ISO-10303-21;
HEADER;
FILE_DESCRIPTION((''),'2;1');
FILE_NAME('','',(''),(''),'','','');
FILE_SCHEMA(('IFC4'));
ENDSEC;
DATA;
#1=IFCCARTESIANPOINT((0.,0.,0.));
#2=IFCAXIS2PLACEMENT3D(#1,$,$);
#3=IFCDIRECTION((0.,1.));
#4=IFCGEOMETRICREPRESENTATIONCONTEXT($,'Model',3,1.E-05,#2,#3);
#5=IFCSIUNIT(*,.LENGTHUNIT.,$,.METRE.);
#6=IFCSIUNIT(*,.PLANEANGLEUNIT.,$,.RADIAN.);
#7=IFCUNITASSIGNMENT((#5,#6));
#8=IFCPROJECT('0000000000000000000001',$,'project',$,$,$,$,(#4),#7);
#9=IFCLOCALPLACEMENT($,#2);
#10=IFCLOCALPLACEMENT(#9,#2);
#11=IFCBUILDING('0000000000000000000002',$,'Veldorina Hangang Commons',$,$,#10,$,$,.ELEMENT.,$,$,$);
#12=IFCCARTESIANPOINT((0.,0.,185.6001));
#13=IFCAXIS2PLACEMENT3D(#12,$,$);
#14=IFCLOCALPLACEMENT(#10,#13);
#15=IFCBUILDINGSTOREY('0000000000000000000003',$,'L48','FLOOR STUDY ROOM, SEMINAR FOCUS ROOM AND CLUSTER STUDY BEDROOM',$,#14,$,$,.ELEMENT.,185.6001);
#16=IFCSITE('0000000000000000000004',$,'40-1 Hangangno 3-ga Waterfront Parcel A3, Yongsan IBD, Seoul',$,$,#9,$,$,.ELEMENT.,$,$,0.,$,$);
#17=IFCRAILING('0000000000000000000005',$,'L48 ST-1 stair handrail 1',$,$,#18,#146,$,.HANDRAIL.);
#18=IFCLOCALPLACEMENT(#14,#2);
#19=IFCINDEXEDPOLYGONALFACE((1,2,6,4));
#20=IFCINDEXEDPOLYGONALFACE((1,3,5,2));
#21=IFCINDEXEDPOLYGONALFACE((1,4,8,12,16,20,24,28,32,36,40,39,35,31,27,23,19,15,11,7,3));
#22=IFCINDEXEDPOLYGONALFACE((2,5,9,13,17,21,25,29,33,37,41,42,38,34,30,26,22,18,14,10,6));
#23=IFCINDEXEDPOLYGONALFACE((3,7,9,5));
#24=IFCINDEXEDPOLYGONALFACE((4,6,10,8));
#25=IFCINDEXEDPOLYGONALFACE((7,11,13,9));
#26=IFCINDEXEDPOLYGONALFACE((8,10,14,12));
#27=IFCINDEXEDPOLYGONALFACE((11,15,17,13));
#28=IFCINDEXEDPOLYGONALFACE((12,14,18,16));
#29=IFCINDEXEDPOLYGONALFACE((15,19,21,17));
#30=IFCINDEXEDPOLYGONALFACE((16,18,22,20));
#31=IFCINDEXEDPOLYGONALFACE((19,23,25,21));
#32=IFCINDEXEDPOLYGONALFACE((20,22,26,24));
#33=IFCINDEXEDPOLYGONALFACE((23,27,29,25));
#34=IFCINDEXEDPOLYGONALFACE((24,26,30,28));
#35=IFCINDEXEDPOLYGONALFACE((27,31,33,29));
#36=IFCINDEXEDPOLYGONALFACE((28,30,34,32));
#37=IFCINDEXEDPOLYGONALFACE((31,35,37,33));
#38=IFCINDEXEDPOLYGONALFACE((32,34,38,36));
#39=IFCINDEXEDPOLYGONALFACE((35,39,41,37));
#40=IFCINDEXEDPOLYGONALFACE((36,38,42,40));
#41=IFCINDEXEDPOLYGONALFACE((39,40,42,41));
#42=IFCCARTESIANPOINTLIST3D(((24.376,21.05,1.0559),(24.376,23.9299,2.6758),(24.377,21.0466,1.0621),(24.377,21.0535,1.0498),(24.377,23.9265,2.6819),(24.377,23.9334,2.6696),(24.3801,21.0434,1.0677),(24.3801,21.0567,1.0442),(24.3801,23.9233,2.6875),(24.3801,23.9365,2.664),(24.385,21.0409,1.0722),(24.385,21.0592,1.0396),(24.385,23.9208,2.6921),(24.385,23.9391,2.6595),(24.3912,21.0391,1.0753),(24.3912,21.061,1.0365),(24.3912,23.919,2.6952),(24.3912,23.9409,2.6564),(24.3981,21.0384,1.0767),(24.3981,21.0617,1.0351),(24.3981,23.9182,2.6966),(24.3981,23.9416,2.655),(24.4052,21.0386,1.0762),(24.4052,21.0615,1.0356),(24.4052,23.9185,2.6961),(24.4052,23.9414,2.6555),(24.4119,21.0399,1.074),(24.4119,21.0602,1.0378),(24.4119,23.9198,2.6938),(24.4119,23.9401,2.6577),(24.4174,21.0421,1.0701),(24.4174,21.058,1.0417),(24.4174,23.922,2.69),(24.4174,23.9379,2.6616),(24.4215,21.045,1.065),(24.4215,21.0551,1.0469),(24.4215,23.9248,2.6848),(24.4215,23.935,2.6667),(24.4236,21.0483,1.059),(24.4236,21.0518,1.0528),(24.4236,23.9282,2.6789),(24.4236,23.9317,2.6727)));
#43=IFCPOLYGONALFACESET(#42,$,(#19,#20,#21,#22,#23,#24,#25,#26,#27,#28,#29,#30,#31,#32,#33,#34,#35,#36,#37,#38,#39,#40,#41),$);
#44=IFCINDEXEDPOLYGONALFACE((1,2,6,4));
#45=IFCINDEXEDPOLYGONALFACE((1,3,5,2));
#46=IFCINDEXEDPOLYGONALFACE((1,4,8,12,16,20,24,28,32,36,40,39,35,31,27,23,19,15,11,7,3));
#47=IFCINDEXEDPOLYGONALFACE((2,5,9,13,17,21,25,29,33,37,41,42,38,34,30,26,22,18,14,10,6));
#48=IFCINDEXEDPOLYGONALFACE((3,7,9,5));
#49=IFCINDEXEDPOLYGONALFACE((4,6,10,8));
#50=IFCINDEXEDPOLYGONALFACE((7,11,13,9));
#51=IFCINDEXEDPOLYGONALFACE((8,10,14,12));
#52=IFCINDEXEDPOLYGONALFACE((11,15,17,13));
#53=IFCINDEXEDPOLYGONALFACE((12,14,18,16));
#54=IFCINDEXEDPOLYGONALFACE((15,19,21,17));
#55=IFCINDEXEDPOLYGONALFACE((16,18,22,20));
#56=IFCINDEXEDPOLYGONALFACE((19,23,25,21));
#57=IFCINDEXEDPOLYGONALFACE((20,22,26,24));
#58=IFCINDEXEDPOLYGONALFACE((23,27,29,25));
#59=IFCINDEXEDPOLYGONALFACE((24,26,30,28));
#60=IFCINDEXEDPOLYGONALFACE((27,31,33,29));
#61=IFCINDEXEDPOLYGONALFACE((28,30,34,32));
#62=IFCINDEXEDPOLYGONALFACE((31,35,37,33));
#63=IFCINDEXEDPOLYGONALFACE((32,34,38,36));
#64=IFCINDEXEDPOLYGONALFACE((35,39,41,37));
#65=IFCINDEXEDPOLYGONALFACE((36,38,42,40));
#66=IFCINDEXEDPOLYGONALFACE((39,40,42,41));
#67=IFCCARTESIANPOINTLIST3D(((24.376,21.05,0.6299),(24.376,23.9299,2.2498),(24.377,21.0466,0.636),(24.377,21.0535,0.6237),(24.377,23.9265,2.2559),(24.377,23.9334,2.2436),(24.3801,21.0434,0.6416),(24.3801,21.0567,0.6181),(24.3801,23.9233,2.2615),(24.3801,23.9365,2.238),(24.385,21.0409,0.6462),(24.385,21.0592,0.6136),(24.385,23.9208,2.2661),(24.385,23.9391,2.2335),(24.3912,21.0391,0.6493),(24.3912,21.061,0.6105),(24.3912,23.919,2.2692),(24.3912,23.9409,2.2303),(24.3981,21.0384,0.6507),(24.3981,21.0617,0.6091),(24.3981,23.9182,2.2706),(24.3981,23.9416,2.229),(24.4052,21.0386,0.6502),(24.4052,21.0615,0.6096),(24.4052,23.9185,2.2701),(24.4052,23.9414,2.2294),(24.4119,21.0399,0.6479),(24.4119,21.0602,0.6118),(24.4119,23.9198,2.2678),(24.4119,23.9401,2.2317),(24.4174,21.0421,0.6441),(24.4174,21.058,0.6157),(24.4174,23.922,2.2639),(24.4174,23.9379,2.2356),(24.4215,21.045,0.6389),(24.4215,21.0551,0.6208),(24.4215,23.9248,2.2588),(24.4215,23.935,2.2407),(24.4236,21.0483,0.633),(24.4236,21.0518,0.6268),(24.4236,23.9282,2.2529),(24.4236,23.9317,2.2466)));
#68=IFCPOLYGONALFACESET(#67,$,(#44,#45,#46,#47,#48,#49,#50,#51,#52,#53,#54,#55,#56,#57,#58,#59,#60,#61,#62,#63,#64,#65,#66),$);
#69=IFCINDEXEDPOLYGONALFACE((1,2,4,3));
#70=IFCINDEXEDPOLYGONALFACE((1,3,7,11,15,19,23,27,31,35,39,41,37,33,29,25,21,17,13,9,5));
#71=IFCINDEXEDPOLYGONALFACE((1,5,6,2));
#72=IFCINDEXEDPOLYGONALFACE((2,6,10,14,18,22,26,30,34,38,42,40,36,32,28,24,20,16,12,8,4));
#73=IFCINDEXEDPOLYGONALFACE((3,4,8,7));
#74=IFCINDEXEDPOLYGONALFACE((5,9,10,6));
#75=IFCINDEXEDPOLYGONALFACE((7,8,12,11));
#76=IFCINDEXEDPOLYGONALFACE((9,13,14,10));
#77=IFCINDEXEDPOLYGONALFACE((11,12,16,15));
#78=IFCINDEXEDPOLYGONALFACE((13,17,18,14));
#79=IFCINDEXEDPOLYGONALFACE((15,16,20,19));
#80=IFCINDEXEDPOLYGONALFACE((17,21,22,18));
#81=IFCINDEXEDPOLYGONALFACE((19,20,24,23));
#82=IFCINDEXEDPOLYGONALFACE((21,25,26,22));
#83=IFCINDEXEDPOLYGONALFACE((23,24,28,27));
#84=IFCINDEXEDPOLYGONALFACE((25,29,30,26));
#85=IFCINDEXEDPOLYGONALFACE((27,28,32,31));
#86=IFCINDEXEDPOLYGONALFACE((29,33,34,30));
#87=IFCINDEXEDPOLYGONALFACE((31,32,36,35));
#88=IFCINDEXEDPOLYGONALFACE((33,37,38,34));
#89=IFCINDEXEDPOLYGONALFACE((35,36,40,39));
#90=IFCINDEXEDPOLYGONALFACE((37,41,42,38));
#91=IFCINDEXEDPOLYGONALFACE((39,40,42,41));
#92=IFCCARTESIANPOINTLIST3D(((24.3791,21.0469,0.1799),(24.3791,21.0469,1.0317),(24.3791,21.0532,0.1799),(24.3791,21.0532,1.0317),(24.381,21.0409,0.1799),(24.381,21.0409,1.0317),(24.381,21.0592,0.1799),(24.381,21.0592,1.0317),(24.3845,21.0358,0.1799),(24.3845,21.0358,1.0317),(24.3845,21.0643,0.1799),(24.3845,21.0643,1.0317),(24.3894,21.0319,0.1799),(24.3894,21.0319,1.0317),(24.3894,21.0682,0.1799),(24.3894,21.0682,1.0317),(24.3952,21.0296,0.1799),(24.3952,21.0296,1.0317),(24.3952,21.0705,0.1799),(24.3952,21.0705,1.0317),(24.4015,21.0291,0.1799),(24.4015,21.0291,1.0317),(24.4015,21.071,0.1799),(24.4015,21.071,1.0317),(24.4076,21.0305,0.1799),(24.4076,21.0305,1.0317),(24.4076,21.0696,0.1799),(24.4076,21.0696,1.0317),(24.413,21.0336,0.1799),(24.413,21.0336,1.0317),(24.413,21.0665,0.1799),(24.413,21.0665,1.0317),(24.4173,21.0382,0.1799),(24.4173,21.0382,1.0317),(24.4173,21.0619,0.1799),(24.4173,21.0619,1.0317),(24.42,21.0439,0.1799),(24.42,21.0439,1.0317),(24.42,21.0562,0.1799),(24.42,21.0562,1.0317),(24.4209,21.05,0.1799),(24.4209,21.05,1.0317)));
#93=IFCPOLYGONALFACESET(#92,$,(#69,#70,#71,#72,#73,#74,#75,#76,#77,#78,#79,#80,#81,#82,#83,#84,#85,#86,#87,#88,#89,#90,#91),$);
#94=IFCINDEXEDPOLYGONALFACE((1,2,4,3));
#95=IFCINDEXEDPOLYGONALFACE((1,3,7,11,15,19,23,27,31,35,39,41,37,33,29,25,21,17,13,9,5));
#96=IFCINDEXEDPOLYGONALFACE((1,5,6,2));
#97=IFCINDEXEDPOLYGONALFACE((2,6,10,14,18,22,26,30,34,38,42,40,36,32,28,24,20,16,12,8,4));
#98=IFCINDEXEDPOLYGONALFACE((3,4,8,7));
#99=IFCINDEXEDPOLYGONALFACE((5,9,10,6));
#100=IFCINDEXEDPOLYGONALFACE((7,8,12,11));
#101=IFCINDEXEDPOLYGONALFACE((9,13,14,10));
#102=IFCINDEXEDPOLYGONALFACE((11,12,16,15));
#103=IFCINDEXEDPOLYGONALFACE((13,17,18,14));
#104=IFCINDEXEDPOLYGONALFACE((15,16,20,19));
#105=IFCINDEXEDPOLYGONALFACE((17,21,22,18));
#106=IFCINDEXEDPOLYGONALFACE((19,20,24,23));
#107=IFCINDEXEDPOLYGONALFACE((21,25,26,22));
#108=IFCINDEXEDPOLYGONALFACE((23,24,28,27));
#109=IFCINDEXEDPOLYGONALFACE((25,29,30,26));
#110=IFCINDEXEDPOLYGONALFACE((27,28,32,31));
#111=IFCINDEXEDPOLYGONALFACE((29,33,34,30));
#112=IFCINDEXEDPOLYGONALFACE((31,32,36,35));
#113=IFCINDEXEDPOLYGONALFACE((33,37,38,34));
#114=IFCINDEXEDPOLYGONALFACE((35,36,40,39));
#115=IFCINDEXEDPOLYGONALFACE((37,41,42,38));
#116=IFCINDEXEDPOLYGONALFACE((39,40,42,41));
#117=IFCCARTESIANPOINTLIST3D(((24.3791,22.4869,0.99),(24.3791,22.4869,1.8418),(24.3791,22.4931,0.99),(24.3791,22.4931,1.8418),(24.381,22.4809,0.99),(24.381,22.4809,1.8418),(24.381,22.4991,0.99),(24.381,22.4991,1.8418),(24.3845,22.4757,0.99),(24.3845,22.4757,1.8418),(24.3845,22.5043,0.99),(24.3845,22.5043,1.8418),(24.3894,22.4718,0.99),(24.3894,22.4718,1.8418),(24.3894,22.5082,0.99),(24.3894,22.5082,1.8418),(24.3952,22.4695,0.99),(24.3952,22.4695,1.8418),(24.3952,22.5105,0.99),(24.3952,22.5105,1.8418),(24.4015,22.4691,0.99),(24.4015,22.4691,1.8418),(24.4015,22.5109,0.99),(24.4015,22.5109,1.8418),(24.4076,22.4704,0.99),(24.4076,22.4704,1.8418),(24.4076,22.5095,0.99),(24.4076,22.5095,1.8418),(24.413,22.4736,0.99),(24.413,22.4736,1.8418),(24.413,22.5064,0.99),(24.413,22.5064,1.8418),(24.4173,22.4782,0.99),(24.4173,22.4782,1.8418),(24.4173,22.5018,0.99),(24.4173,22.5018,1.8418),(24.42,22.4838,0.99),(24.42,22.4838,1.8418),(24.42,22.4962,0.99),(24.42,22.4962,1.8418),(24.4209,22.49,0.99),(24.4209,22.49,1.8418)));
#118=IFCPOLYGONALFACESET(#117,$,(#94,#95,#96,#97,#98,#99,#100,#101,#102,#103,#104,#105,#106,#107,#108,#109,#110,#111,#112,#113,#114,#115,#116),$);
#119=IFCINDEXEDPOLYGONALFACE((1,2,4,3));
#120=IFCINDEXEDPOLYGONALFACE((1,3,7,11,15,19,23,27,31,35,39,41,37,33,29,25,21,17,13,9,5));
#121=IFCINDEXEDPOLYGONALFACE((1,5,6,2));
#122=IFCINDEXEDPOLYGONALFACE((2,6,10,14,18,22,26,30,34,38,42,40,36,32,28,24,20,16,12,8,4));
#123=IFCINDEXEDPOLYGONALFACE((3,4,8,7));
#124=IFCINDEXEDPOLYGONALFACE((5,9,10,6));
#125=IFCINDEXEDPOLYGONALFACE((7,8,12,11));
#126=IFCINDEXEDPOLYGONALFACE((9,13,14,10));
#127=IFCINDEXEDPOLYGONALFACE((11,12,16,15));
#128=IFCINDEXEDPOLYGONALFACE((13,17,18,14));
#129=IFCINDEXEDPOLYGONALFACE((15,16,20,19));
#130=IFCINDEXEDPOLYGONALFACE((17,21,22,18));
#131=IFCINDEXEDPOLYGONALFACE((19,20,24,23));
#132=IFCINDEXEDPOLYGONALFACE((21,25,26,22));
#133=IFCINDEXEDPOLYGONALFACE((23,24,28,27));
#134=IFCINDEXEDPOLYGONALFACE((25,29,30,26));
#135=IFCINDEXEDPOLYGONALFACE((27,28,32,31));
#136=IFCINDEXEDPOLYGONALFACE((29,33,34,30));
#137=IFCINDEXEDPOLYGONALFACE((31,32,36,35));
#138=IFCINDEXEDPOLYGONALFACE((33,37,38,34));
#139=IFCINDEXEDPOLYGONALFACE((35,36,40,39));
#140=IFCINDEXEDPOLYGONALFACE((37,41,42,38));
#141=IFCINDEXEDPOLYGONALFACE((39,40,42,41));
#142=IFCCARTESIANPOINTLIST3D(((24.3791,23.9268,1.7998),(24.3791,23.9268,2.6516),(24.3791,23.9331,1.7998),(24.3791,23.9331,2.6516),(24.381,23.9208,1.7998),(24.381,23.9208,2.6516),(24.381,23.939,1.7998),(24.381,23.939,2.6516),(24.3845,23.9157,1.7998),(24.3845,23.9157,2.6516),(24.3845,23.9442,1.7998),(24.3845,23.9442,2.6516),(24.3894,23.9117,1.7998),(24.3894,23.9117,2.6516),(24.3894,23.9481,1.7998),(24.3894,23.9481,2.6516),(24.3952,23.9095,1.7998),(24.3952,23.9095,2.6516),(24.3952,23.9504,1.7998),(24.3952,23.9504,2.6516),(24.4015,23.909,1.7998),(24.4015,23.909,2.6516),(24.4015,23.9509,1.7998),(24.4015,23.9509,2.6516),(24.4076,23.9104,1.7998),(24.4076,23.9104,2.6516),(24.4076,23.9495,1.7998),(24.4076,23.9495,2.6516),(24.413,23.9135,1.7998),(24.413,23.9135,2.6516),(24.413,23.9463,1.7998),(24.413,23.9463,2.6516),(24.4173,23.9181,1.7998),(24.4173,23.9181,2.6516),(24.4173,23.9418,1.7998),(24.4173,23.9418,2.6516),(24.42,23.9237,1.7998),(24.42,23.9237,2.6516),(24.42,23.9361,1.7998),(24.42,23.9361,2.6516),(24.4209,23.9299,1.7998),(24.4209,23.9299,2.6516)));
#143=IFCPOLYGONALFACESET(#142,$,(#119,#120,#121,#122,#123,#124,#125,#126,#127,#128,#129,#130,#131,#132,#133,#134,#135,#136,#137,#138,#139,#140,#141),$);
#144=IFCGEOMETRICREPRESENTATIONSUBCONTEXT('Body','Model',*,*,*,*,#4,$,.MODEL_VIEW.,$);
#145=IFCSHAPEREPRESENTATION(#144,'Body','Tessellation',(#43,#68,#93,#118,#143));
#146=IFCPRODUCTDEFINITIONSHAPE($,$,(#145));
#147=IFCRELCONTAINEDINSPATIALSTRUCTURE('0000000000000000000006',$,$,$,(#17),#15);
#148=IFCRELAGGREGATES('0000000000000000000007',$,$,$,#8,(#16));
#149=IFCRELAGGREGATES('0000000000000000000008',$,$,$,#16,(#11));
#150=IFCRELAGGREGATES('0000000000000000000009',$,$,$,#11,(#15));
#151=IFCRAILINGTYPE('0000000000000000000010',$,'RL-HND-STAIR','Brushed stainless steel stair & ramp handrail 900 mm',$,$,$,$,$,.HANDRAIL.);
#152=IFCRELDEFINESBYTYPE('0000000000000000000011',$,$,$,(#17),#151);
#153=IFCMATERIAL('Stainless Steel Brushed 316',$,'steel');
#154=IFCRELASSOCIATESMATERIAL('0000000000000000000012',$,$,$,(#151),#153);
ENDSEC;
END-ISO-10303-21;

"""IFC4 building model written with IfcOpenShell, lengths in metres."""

from ifc_helpers import new_model, si_unit, direction, frame, origin, origin_2d, place, context, subcontext, project, spatial, circle, extrude, material, type_object, element, save


model = new_model("IFC4")

# Units and contexts
model_context = context("Model", 3, precision=1e-05, world=origin(), true_north=direction((0.0, 1.0)))
body_context = subcontext(model_context, "Body", "Model", "MODEL_VIEW")
ifc_project = project(units=[si_unit("LENGTHUNIT", "METRE"), si_unit("PLANEANGLEUNIT", "RADIAN")], contexts=[model_context])

# Site, building, storey
site_placement = place(None, origin())
site = spatial("IfcSite", under=ifc_project, at=site_placement, Name="40-1 Hangangno 3-ga Waterfront Parcel A3, Yongsan IBD, Seoul", CompositionType="ELEMENT", RefElevation=0.0)
building_placement = place(site_placement, origin())
building = spatial("IfcBuilding", under=site, at=building_placement, Name="Veldorina Hangang Commons", CompositionType="ELEMENT")
storey_placement = place(building_placement, frame((0.0, 0.0, 185.6001)))
storey = spatial("IfcBuildingStorey", under=building, at=storey_placement, Name="L48", Description="FLOOR STUDY ROOM, SEMINAR FOCUS ROOM AND CLUSTER STUDY BEDROOM", CompositionType="ELEMENT", Elevation=185.6001)

# Railing
ifc_material_1 = material(Name="Stainless Steel Brushed 316", Category="steel")
railing_type_1 = type_object("IfcRailingType", Name="RL-HND-STAIR", Description="Brushed stainless steel stair & ramp handrail 900 mm", PredefinedType="HANDRAIL", material=ifc_material_1)
railing_1_placement = place(storey_placement, frame((24.3999, 21.05, 0.1799)))
element("IfcRailing", 1, at=railing_1_placement, inside=storey, type_object=railing_type_1, Name="L48 ST-1 stair handrail 1", PredefinedType="HANDRAIL", context=body_context, shape_type="SweptSolid", body=[
    extrude(circle(Radius=0.0239, at=origin_2d()), frame((0.0, 0.0, 0.876), z_axis=(0.0, 0.871583, 0.490247), x_axis=(-1.0, 0.0, 0.0)), (0.0, 0.0, 1.0), 3.3042),
    extrude(circle(Radius=0.0239, at=origin_2d()), frame((0.0, 0.0, 0.45), z_axis=(0.0, 0.871583, 0.490247), x_axis=(-1.0, 0.0, 0.0)), (0.0, 0.0, 1.0), 3.3042),
    extrude(circle(Radius=0.021, at=origin_2d()), origin(), (0.0, 0.0, 1.0), 0.8518),
    extrude(circle(Radius=0.021, at=origin_2d()), frame((0.0, 1.4399, 0.8101)), (0.0, 0.0, 1.0), 0.8518),
    extrude(circle(Radius=0.021, at=origin_2d()), frame((0.0, 2.8799, 1.6199)), (0.0, 0.0, 1.0), 0.8518),
])

save(model, "model.ifc")
